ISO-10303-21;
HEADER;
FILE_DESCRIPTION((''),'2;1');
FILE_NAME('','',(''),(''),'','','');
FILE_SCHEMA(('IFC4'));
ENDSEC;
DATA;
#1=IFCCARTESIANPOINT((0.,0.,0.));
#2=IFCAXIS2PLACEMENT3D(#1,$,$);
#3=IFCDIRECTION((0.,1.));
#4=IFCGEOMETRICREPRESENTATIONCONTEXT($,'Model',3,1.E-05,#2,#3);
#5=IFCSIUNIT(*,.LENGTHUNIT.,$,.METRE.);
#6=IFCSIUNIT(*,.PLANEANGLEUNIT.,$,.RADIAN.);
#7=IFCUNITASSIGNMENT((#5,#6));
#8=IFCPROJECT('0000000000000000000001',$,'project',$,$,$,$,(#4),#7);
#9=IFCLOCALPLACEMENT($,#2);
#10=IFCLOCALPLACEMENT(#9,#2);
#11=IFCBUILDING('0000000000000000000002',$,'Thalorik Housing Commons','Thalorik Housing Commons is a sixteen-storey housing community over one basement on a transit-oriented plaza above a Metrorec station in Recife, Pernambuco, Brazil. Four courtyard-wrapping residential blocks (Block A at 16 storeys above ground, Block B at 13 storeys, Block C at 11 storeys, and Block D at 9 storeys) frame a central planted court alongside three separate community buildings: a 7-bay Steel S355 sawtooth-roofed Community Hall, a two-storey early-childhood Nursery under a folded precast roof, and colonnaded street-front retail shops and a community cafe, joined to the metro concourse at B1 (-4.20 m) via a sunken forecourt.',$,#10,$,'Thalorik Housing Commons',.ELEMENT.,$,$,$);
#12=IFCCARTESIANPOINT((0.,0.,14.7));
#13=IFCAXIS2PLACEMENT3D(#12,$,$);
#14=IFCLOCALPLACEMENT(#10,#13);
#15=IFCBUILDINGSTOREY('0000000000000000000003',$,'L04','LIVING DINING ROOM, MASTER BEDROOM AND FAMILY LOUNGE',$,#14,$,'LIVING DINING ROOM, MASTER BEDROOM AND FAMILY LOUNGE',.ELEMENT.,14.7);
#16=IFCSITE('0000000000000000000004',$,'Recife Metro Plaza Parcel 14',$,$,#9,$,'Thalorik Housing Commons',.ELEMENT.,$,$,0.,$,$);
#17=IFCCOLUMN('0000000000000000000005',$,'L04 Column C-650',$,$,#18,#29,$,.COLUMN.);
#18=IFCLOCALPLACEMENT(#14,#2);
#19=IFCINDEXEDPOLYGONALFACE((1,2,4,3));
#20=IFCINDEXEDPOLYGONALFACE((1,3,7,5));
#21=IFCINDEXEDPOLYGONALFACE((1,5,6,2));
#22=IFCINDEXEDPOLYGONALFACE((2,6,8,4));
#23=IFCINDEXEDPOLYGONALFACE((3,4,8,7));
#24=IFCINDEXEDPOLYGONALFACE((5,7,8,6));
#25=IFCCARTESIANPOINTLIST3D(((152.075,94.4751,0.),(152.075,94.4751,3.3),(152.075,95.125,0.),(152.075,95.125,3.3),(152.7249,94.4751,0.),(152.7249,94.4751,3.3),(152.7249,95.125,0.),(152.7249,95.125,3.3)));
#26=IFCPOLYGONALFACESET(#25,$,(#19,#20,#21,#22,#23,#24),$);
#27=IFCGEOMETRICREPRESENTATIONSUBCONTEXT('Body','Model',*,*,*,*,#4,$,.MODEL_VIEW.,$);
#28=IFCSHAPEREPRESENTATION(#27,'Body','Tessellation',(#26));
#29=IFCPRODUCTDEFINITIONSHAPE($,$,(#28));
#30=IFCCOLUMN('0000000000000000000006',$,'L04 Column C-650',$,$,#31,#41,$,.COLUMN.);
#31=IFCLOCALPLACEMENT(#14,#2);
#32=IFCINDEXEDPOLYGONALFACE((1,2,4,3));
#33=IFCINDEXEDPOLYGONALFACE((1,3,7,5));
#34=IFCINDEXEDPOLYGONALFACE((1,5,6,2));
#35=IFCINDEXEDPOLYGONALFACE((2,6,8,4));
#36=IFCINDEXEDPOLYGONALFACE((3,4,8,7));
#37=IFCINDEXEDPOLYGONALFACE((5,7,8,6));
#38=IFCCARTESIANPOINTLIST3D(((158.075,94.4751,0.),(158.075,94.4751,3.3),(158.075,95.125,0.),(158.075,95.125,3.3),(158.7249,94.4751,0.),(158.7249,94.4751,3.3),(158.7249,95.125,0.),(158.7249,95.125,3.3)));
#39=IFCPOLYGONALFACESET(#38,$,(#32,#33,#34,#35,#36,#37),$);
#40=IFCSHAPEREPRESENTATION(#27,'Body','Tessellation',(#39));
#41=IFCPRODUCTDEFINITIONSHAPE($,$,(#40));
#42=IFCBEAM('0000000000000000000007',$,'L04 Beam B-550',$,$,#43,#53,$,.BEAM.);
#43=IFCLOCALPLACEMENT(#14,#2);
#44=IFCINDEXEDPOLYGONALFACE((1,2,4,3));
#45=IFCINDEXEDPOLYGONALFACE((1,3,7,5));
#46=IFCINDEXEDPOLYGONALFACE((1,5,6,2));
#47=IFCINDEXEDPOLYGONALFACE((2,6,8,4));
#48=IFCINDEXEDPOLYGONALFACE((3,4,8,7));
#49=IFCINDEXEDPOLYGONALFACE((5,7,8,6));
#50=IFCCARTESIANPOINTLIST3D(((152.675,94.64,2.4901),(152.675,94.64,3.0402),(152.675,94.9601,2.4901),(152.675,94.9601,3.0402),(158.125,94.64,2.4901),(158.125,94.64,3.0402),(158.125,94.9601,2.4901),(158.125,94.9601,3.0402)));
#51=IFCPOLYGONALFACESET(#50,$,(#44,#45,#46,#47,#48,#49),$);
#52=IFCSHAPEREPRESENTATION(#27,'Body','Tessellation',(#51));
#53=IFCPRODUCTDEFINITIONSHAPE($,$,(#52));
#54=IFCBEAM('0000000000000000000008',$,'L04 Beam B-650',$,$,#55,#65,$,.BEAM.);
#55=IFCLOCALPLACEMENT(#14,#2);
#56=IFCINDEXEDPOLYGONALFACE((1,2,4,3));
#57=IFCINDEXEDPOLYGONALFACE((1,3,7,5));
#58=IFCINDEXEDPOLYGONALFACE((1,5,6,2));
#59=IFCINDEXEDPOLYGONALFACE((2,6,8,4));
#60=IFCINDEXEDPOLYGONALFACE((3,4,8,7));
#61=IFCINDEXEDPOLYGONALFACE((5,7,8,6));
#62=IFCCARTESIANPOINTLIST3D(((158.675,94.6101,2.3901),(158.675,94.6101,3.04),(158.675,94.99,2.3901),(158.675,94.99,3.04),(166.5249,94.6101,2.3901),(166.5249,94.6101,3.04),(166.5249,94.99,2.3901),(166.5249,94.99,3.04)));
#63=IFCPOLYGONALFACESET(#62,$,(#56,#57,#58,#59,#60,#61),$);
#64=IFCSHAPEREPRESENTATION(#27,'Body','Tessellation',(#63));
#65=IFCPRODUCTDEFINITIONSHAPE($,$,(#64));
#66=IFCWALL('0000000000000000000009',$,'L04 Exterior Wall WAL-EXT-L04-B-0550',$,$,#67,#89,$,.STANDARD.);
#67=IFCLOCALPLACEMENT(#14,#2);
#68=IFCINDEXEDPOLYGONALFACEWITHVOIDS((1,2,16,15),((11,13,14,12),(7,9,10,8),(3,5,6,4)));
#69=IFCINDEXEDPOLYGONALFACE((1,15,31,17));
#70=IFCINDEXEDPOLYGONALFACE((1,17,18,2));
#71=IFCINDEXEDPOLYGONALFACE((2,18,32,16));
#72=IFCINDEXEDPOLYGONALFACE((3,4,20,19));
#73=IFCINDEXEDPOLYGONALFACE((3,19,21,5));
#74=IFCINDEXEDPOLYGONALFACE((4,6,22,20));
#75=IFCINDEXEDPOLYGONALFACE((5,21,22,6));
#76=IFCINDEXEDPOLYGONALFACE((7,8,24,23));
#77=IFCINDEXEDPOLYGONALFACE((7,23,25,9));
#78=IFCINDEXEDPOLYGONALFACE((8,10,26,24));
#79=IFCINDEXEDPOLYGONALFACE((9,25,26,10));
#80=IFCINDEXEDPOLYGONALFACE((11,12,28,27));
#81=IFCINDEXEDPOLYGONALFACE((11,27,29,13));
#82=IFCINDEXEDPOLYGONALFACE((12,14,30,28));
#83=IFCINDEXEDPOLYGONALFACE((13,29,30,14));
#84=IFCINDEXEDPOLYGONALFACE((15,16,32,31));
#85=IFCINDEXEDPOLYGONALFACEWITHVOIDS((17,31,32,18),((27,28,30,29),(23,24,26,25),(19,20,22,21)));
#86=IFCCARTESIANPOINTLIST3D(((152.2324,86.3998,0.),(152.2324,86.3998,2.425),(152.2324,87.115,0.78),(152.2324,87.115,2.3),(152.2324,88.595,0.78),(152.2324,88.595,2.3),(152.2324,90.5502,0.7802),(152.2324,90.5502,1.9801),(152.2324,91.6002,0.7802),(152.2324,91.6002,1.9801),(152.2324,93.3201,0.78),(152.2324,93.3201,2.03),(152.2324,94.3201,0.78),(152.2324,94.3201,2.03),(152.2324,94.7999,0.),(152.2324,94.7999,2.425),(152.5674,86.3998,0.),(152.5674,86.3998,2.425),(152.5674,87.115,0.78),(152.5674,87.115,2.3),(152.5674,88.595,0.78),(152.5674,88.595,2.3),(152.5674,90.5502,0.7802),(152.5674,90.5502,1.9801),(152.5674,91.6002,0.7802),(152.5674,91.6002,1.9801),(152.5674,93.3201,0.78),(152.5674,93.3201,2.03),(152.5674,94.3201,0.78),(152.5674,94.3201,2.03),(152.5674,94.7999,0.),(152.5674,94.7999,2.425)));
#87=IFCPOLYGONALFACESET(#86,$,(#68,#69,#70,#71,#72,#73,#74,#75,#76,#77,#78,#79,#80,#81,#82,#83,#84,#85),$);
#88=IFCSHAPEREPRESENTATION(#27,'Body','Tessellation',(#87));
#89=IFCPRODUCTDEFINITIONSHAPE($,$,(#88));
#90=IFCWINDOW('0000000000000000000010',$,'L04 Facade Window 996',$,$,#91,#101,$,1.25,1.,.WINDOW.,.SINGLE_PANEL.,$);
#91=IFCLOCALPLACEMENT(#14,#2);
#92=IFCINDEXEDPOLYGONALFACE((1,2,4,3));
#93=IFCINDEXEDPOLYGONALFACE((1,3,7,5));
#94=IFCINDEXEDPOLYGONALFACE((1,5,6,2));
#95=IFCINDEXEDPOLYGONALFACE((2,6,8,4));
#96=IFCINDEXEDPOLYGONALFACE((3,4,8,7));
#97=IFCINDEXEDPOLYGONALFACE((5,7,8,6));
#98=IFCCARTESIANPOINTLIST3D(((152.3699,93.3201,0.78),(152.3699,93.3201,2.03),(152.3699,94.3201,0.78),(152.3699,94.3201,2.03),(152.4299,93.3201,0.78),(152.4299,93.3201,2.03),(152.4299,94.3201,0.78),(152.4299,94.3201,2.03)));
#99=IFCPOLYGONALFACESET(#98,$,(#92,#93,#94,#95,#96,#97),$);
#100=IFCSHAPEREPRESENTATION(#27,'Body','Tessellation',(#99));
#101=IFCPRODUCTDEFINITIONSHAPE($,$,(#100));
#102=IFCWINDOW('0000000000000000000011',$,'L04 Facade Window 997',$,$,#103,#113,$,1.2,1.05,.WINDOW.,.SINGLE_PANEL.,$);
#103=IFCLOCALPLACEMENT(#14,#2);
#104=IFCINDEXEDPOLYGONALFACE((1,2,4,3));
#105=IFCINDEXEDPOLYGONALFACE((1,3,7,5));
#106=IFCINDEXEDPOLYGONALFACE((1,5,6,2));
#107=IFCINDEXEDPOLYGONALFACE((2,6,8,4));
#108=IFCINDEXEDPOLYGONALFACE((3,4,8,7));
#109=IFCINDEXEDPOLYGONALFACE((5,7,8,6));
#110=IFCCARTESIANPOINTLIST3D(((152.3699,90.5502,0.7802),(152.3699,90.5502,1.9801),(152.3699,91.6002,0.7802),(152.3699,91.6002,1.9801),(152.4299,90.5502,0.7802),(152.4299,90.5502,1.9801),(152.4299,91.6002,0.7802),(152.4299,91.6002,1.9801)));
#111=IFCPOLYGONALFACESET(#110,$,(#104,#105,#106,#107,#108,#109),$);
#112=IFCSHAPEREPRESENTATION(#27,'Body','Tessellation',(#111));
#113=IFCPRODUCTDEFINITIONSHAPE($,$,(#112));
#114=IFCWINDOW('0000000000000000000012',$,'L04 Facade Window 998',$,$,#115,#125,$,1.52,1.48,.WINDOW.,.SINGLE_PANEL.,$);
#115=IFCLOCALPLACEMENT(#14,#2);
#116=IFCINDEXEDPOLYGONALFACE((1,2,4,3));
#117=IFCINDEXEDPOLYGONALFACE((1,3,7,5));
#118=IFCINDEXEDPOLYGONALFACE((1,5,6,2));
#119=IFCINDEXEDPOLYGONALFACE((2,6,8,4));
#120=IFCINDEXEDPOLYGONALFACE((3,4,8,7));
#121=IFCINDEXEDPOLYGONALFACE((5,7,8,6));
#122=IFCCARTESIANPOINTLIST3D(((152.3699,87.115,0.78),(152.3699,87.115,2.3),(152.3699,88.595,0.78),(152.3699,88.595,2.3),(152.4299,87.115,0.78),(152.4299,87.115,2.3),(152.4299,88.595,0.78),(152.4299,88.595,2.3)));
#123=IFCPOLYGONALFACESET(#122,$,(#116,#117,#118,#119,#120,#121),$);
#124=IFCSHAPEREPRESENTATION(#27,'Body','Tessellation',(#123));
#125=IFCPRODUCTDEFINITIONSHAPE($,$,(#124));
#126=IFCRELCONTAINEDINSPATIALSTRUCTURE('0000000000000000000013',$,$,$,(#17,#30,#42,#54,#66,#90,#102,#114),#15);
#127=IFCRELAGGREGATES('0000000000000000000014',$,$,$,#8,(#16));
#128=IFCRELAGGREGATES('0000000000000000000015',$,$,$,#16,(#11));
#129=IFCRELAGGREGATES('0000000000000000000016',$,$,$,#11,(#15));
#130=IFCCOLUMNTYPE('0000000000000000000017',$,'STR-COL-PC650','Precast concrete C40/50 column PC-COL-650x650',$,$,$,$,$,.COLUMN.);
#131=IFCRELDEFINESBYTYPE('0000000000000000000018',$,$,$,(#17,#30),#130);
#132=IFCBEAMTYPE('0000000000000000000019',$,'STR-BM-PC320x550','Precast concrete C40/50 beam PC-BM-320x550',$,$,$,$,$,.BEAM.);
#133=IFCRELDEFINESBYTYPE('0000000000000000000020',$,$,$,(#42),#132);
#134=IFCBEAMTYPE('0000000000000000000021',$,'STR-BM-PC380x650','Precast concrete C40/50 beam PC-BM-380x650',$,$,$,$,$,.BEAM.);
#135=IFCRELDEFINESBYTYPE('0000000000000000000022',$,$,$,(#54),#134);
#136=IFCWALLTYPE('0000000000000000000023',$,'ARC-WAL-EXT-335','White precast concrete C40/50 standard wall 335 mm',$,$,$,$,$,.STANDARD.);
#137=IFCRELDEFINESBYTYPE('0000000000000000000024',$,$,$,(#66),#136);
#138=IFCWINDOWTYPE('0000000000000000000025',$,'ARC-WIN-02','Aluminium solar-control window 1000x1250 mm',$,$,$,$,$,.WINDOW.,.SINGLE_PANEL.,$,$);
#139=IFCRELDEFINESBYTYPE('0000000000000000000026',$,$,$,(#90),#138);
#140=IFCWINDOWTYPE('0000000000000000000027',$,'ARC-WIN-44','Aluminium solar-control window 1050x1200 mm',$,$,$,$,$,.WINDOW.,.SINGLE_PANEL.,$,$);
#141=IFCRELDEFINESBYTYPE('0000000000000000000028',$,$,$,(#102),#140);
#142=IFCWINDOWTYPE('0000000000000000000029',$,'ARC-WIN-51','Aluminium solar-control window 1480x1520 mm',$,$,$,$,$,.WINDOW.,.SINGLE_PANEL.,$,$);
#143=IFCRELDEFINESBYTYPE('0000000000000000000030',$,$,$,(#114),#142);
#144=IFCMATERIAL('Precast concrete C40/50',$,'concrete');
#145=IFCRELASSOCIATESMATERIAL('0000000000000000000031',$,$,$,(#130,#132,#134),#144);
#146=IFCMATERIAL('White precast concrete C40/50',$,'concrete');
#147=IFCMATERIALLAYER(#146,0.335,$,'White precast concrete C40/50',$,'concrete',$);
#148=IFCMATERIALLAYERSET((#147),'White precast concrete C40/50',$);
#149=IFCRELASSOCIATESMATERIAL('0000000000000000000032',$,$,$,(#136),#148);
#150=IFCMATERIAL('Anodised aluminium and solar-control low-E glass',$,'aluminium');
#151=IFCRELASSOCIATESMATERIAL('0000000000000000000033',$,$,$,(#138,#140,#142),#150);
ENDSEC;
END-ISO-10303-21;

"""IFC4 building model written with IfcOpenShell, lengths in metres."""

from ifc_helpers import new_model, si_unit, direction, frame, frame_2d, origin, origin_2d, place, context, subcontext, project, spatial, rectangle, extrude, material, layer, layer_set, material_profile, profile_set, type_object, element, fill, save


model = new_model("IFC4")

# Units and contexts
model_context = context("Model", 3, precision=1e-05, world=origin(), true_north=direction((0.0, 1.0)))
body_context = subcontext(model_context, "Body", "Model", "MODEL_VIEW")
ifc_project = project(units=[si_unit("LENGTHUNIT", "METRE"), si_unit("PLANEANGLEUNIT", "RADIAN")], contexts=[model_context])

# Site, building, storey
site_placement = place(None, origin())
site = spatial("IfcSite", under=ifc_project, at=site_placement, Name="Recife Metro Plaza Parcel 14", LongName="Thalorik Housing Commons", CompositionType="ELEMENT", RefElevation=0.0)
building_placement = place(site_placement, origin())
building = spatial("IfcBuilding", under=site, at=building_placement, Name="Thalorik Housing Commons", Description="Thalorik Housing Commons is a sixteen-storey housing community over one basement on a transit-oriented plaza above a Metrorec station in Recife, Pernambuco, Brazil. Four courtyard-wrapping residential blocks (Block A at 16 storeys above ground, Block B at 13 storeys, Block C at 11 storeys, and Block D at 9 storeys) frame a central planted court alongside three separate community buildings: a 7-bay Steel S355 sawtooth-roofed Community Hall, a two-storey early-childhood Nursery under a folded precast roof, and colonnaded street-front retail shops and a community cafe, joined to the metro concourse at B1 (-4.20 m) via a sunken forecourt.", LongName="Thalorik Housing Commons", CompositionType="ELEMENT")
storey_placement = place(building_placement, frame((0.0, 0.0, 14.7)))
storey = spatial("IfcBuildingStorey", under=building, at=storey_placement, Name="L04", Description="LIVING DINING ROOM, MASTER BEDROOM AND FAMILY LOUNGE", LongName="LIVING DINING ROOM, MASTER BEDROOM AND FAMILY LOUNGE", CompositionType="ELEMENT", Elevation=14.7)

# Columns
ifc_material_1 = material(Name="Precast concrete C40/50", Category="concrete")
ifc_material_profile_1 = material_profile(ifc_material_1, rectangle(XDim=0.6499, YDim=0.6499, at=origin_2d()), Name="PC 650x650", Category="concrete")
ifc_profile_set_1 = profile_set([ifc_material_profile_1], Name="Precast concrete C40/50")
column_type = type_object("IfcColumnType", Name="STR-COL-PC650", Description="Precast concrete C40/50 column PC-COL-650x650", PredefinedType="COLUMN", material=ifc_profile_set_1)
for number, where, z_axis, x_axis, name in (
    (1, (152.3999, 94.8, 0.0), (0.0, 0.0, 1.0), (1.0, 0.0, 0.0), "L04 Column C-650"),
    (2, (158.3999, 94.8, 0.0), (0.0, 0.0, 1.0), (1.0, 0.0, 0.0), "L04 Column C-650"),
):
    element("IfcColumn", number, at=place(storey_placement, frame(where, z_axis=z_axis, x_axis=x_axis)), inside=storey, type_object=column_type, Name=name, PredefinedType="COLUMN", context=body_context, shape_type="SweptSolid", body=[
        extrude(rectangle(XDim=0.6499, YDim=0.6499, at=origin_2d()), origin(), (0.0, 0.0, 1.0), 3.3),
    ])

# Beams
ifc_material_profile_2 = material_profile(ifc_material_1, rectangle(XDim=0.3201, YDim=0.55, at=origin_2d()), Name="PC 320x550", Category="concrete")
ifc_profile_set_2 = profile_set([ifc_material_profile_2], Name="Precast concrete C40/50")
beam_type_1 = type_object("IfcBeamType", Name="STR-BM-PC320x550", Description="Precast concrete C40/50 beam PC-BM-320x550", PredefinedType="BEAM", material=ifc_profile_set_2)
beam_1_placement = place(storey_placement, frame((152.675, 94.8, 2.7651), z_axis=(1.0, 0.0, 0.0), x_axis=(0.0, 1.0, 0.0)))
element("IfcBeam", 3, at=beam_1_placement, inside=storey, type_object=beam_type_1, Name="L04 Beam B-550", PredefinedType="BEAM", context=body_context, shape_type="SweptSolid", body=[
    extrude(rectangle(XDim=0.3201, YDim=0.55, at=origin_2d()), origin(), (0.0, 0.0, 1.0), 5.45),
])
ifc_material_profile_3 = material_profile(ifc_material_1, rectangle(XDim=0.3799, YDim=0.6499, at=origin_2d()), Name="PC 380x650", Category="concrete")
ifc_profile_set_3 = profile_set([ifc_material_profile_3], Name="Precast concrete C40/50")
beam_type_2 = type_object("IfcBeamType", Name="STR-BM-PC380x650", Description="Precast concrete C40/50 beam PC-BM-380x650", PredefinedType="BEAM", material=ifc_profile_set_3)
beam_2_placement = place(storey_placement, frame((158.675, 94.8, 2.7151), z_axis=(1.0, 0.0, 0.0), x_axis=(0.0, 1.0, 0.0)))
element("IfcBeam", 4, at=beam_2_placement, inside=storey, type_object=beam_type_2, Name="L04 Beam B-650", PredefinedType="BEAM", context=body_context, shape_type="SweptSolid", body=[
    extrude(rectangle(XDim=0.3799, YDim=0.6499, at=origin_2d()), origin(), (0.0, 0.0, 1.0), 7.8499),
])

# Wall, openings, windows
ifc_material_2 = material(Name="White precast concrete C40/50", Category="concrete")
ifc_layer_1 = layer(ifc_material_2, 0.335, Name="White precast concrete C40/50", Category="concrete")
ifc_layer_set_1 = layer_set([ifc_layer_1], Name="White precast concrete C40/50")
wall_type_1 = type_object("IfcWallType", Name="ARC-WAL-EXT-335", Description="White precast concrete C40/50 standard wall 335 mm", PredefinedType="STANDARD", material=ifc_layer_set_1)
wall_1_placement = place(storey_placement, frame((152.3999, 94.8, 0.0), z_axis=(0.0, 0.0, 1.0), x_axis=(0.0, -1.0, 0.0)))
wall_1 = element("IfcWall", 5, at=wall_1_placement, inside=storey, type_object=wall_type_1, Name="L04 Exterior Wall WAL-EXT-L04-B-0550", PredefinedType="STANDARD", context=body_context, shape_type="SweptSolid", body=[
    extrude(rectangle(XDim=8.4001, YDim=0.335, at=frame_2d((4.2002, 0.0))), origin(), (0.0, 0.0, 1.0), 2.425),
])
opening_1_placement = place(wall_1_placement, frame((0.48, 0.0, 0.78)))
opening_1 = element("IfcOpeningElement", 6, at=opening_1_placement, cuts=wall_1, PredefinedType="OPENING", context=body_context, shape_type="SweptSolid", body=[
    extrude(rectangle(XDim=1.0, YDim=1.25, at=frame_2d((0.5, 0.625))), frame((0.0, 0.1775, 0.0), z_axis=(0.0, -1.0, 0.0), x_axis=(1.0, 0.0, 0.0)), (0.0, 0.0, 1.0), 0.355),
])
opening_2_placement = place(wall_1_placement, frame((3.2, 0.0, 0.78)))
opening_2 = element("IfcOpeningElement", 7, at=opening_2_placement, cuts=wall_1, PredefinedType="OPENING", context=body_context, shape_type="SweptSolid", body=[
    extrude(rectangle(XDim=1.05, YDim=1.2, at=frame_2d((0.5249, 0.6001))), frame((0.0, 0.1775, 0.0), z_axis=(0.0, -1.0, 0.0), x_axis=(1.0, 0.0, 0.0)), (0.0, 0.0, 1.0), 0.355),
])
opening_3_placement = place(wall_1_placement, frame((6.2051, 0.0, 0.78)))
opening_3 = element("IfcOpeningElement", 8, at=opening_3_placement, cuts=wall_1, PredefinedType="OPENING", context=body_context, shape_type="SweptSolid", body=[
    extrude(rectangle(XDim=1.48, YDim=1.52, at=frame_2d((0.74, 0.76))), frame((0.0, 0.1775, 0.0), z_axis=(0.0, -1.0, 0.0), x_axis=(1.0, 0.0, 0.0)), (0.0, 0.0, 1.0), 0.355),
])
ifc_material_3 = material(Name="Anodised aluminium and solar-control low-E glass", Category="aluminium")
window_type_1 = type_object("IfcWindowType", Name="ARC-WIN-02", Description="Aluminium solar-control window 1000x1250 mm", PartitioningType="SINGLE_PANEL", PredefinedType="WINDOW", material=ifc_material_3)
window_1_placement = place(opening_1_placement, origin())
window_1 = element("IfcWindow", 9, at=window_1_placement, inside=storey, type_object=window_type_1, Name="L04 Facade Window 996", OverallHeight=1.25, OverallWidth=1.0, PartitioningType="SINGLE_PANEL", PredefinedType="WINDOW", context=body_context, shape_type="SweptSolid", body=[
    extrude(rectangle(XDim=1.0, YDim=1.25, at=frame_2d((0.5, 0.625))), frame((0.0, 0.03, 0.0), z_axis=(0.0, -1.0, 0.0), x_axis=(1.0, 0.0, 0.0)), (0.0, 0.0, 1.0), 0.0601),
])
fill(opening_1, window_1)
window_type_2 = type_object("IfcWindowType", Name="ARC-WIN-44", Description="Aluminium solar-control window 1050x1200 mm", PartitioningType="SINGLE_PANEL", PredefinedType="WINDOW", material=ifc_material_3)
window_2_placement = place(opening_2_placement, origin())
window_2 = element("IfcWindow", 10, at=window_2_placement, inside=storey, type_object=window_type_2, Name="L04 Facade Window 997", OverallHeight=1.2, OverallWidth=1.05, PartitioningType="SINGLE_PANEL", PredefinedType="WINDOW", context=body_context, shape_type="SweptSolid", body=[
    extrude(rectangle(XDim=1.05, YDim=1.2, at=frame_2d((0.5249, 0.6001))), frame((0.0, 0.03, 0.0), z_axis=(0.0, -1.0, 0.0), x_axis=(1.0, 0.0, 0.0)), (0.0, 0.0, 1.0), 0.0601),
])
fill(opening_2, window_2)
window_type_3 = type_object("IfcWindowType", Name="ARC-WIN-51", Description="Aluminium solar-control window 1480x1520 mm", PartitioningType="SINGLE_PANEL", PredefinedType="WINDOW", material=ifc_material_3)
window_3_placement = place(opening_3_placement, origin())
window_3 = element("IfcWindow", 11, at=window_3_placement, inside=storey, type_object=window_type_3, Name="L04 Facade Window 998", OverallHeight=1.52, OverallWidth=1.48, PartitioningType="SINGLE_PANEL", PredefinedType="WINDOW", context=body_context, shape_type="SweptSolid", body=[
    extrude(rectangle(XDim=1.48, YDim=1.52, at=frame_2d((0.74, 0.76))), frame((0.0, 0.03, 0.0), z_axis=(0.0, -1.0, 0.0), x_axis=(1.0, 0.0, 0.0)), (0.0, 0.0, 1.0), 0.0601),
])
fill(opening_3, window_3)

save(model, "model.ifc")
